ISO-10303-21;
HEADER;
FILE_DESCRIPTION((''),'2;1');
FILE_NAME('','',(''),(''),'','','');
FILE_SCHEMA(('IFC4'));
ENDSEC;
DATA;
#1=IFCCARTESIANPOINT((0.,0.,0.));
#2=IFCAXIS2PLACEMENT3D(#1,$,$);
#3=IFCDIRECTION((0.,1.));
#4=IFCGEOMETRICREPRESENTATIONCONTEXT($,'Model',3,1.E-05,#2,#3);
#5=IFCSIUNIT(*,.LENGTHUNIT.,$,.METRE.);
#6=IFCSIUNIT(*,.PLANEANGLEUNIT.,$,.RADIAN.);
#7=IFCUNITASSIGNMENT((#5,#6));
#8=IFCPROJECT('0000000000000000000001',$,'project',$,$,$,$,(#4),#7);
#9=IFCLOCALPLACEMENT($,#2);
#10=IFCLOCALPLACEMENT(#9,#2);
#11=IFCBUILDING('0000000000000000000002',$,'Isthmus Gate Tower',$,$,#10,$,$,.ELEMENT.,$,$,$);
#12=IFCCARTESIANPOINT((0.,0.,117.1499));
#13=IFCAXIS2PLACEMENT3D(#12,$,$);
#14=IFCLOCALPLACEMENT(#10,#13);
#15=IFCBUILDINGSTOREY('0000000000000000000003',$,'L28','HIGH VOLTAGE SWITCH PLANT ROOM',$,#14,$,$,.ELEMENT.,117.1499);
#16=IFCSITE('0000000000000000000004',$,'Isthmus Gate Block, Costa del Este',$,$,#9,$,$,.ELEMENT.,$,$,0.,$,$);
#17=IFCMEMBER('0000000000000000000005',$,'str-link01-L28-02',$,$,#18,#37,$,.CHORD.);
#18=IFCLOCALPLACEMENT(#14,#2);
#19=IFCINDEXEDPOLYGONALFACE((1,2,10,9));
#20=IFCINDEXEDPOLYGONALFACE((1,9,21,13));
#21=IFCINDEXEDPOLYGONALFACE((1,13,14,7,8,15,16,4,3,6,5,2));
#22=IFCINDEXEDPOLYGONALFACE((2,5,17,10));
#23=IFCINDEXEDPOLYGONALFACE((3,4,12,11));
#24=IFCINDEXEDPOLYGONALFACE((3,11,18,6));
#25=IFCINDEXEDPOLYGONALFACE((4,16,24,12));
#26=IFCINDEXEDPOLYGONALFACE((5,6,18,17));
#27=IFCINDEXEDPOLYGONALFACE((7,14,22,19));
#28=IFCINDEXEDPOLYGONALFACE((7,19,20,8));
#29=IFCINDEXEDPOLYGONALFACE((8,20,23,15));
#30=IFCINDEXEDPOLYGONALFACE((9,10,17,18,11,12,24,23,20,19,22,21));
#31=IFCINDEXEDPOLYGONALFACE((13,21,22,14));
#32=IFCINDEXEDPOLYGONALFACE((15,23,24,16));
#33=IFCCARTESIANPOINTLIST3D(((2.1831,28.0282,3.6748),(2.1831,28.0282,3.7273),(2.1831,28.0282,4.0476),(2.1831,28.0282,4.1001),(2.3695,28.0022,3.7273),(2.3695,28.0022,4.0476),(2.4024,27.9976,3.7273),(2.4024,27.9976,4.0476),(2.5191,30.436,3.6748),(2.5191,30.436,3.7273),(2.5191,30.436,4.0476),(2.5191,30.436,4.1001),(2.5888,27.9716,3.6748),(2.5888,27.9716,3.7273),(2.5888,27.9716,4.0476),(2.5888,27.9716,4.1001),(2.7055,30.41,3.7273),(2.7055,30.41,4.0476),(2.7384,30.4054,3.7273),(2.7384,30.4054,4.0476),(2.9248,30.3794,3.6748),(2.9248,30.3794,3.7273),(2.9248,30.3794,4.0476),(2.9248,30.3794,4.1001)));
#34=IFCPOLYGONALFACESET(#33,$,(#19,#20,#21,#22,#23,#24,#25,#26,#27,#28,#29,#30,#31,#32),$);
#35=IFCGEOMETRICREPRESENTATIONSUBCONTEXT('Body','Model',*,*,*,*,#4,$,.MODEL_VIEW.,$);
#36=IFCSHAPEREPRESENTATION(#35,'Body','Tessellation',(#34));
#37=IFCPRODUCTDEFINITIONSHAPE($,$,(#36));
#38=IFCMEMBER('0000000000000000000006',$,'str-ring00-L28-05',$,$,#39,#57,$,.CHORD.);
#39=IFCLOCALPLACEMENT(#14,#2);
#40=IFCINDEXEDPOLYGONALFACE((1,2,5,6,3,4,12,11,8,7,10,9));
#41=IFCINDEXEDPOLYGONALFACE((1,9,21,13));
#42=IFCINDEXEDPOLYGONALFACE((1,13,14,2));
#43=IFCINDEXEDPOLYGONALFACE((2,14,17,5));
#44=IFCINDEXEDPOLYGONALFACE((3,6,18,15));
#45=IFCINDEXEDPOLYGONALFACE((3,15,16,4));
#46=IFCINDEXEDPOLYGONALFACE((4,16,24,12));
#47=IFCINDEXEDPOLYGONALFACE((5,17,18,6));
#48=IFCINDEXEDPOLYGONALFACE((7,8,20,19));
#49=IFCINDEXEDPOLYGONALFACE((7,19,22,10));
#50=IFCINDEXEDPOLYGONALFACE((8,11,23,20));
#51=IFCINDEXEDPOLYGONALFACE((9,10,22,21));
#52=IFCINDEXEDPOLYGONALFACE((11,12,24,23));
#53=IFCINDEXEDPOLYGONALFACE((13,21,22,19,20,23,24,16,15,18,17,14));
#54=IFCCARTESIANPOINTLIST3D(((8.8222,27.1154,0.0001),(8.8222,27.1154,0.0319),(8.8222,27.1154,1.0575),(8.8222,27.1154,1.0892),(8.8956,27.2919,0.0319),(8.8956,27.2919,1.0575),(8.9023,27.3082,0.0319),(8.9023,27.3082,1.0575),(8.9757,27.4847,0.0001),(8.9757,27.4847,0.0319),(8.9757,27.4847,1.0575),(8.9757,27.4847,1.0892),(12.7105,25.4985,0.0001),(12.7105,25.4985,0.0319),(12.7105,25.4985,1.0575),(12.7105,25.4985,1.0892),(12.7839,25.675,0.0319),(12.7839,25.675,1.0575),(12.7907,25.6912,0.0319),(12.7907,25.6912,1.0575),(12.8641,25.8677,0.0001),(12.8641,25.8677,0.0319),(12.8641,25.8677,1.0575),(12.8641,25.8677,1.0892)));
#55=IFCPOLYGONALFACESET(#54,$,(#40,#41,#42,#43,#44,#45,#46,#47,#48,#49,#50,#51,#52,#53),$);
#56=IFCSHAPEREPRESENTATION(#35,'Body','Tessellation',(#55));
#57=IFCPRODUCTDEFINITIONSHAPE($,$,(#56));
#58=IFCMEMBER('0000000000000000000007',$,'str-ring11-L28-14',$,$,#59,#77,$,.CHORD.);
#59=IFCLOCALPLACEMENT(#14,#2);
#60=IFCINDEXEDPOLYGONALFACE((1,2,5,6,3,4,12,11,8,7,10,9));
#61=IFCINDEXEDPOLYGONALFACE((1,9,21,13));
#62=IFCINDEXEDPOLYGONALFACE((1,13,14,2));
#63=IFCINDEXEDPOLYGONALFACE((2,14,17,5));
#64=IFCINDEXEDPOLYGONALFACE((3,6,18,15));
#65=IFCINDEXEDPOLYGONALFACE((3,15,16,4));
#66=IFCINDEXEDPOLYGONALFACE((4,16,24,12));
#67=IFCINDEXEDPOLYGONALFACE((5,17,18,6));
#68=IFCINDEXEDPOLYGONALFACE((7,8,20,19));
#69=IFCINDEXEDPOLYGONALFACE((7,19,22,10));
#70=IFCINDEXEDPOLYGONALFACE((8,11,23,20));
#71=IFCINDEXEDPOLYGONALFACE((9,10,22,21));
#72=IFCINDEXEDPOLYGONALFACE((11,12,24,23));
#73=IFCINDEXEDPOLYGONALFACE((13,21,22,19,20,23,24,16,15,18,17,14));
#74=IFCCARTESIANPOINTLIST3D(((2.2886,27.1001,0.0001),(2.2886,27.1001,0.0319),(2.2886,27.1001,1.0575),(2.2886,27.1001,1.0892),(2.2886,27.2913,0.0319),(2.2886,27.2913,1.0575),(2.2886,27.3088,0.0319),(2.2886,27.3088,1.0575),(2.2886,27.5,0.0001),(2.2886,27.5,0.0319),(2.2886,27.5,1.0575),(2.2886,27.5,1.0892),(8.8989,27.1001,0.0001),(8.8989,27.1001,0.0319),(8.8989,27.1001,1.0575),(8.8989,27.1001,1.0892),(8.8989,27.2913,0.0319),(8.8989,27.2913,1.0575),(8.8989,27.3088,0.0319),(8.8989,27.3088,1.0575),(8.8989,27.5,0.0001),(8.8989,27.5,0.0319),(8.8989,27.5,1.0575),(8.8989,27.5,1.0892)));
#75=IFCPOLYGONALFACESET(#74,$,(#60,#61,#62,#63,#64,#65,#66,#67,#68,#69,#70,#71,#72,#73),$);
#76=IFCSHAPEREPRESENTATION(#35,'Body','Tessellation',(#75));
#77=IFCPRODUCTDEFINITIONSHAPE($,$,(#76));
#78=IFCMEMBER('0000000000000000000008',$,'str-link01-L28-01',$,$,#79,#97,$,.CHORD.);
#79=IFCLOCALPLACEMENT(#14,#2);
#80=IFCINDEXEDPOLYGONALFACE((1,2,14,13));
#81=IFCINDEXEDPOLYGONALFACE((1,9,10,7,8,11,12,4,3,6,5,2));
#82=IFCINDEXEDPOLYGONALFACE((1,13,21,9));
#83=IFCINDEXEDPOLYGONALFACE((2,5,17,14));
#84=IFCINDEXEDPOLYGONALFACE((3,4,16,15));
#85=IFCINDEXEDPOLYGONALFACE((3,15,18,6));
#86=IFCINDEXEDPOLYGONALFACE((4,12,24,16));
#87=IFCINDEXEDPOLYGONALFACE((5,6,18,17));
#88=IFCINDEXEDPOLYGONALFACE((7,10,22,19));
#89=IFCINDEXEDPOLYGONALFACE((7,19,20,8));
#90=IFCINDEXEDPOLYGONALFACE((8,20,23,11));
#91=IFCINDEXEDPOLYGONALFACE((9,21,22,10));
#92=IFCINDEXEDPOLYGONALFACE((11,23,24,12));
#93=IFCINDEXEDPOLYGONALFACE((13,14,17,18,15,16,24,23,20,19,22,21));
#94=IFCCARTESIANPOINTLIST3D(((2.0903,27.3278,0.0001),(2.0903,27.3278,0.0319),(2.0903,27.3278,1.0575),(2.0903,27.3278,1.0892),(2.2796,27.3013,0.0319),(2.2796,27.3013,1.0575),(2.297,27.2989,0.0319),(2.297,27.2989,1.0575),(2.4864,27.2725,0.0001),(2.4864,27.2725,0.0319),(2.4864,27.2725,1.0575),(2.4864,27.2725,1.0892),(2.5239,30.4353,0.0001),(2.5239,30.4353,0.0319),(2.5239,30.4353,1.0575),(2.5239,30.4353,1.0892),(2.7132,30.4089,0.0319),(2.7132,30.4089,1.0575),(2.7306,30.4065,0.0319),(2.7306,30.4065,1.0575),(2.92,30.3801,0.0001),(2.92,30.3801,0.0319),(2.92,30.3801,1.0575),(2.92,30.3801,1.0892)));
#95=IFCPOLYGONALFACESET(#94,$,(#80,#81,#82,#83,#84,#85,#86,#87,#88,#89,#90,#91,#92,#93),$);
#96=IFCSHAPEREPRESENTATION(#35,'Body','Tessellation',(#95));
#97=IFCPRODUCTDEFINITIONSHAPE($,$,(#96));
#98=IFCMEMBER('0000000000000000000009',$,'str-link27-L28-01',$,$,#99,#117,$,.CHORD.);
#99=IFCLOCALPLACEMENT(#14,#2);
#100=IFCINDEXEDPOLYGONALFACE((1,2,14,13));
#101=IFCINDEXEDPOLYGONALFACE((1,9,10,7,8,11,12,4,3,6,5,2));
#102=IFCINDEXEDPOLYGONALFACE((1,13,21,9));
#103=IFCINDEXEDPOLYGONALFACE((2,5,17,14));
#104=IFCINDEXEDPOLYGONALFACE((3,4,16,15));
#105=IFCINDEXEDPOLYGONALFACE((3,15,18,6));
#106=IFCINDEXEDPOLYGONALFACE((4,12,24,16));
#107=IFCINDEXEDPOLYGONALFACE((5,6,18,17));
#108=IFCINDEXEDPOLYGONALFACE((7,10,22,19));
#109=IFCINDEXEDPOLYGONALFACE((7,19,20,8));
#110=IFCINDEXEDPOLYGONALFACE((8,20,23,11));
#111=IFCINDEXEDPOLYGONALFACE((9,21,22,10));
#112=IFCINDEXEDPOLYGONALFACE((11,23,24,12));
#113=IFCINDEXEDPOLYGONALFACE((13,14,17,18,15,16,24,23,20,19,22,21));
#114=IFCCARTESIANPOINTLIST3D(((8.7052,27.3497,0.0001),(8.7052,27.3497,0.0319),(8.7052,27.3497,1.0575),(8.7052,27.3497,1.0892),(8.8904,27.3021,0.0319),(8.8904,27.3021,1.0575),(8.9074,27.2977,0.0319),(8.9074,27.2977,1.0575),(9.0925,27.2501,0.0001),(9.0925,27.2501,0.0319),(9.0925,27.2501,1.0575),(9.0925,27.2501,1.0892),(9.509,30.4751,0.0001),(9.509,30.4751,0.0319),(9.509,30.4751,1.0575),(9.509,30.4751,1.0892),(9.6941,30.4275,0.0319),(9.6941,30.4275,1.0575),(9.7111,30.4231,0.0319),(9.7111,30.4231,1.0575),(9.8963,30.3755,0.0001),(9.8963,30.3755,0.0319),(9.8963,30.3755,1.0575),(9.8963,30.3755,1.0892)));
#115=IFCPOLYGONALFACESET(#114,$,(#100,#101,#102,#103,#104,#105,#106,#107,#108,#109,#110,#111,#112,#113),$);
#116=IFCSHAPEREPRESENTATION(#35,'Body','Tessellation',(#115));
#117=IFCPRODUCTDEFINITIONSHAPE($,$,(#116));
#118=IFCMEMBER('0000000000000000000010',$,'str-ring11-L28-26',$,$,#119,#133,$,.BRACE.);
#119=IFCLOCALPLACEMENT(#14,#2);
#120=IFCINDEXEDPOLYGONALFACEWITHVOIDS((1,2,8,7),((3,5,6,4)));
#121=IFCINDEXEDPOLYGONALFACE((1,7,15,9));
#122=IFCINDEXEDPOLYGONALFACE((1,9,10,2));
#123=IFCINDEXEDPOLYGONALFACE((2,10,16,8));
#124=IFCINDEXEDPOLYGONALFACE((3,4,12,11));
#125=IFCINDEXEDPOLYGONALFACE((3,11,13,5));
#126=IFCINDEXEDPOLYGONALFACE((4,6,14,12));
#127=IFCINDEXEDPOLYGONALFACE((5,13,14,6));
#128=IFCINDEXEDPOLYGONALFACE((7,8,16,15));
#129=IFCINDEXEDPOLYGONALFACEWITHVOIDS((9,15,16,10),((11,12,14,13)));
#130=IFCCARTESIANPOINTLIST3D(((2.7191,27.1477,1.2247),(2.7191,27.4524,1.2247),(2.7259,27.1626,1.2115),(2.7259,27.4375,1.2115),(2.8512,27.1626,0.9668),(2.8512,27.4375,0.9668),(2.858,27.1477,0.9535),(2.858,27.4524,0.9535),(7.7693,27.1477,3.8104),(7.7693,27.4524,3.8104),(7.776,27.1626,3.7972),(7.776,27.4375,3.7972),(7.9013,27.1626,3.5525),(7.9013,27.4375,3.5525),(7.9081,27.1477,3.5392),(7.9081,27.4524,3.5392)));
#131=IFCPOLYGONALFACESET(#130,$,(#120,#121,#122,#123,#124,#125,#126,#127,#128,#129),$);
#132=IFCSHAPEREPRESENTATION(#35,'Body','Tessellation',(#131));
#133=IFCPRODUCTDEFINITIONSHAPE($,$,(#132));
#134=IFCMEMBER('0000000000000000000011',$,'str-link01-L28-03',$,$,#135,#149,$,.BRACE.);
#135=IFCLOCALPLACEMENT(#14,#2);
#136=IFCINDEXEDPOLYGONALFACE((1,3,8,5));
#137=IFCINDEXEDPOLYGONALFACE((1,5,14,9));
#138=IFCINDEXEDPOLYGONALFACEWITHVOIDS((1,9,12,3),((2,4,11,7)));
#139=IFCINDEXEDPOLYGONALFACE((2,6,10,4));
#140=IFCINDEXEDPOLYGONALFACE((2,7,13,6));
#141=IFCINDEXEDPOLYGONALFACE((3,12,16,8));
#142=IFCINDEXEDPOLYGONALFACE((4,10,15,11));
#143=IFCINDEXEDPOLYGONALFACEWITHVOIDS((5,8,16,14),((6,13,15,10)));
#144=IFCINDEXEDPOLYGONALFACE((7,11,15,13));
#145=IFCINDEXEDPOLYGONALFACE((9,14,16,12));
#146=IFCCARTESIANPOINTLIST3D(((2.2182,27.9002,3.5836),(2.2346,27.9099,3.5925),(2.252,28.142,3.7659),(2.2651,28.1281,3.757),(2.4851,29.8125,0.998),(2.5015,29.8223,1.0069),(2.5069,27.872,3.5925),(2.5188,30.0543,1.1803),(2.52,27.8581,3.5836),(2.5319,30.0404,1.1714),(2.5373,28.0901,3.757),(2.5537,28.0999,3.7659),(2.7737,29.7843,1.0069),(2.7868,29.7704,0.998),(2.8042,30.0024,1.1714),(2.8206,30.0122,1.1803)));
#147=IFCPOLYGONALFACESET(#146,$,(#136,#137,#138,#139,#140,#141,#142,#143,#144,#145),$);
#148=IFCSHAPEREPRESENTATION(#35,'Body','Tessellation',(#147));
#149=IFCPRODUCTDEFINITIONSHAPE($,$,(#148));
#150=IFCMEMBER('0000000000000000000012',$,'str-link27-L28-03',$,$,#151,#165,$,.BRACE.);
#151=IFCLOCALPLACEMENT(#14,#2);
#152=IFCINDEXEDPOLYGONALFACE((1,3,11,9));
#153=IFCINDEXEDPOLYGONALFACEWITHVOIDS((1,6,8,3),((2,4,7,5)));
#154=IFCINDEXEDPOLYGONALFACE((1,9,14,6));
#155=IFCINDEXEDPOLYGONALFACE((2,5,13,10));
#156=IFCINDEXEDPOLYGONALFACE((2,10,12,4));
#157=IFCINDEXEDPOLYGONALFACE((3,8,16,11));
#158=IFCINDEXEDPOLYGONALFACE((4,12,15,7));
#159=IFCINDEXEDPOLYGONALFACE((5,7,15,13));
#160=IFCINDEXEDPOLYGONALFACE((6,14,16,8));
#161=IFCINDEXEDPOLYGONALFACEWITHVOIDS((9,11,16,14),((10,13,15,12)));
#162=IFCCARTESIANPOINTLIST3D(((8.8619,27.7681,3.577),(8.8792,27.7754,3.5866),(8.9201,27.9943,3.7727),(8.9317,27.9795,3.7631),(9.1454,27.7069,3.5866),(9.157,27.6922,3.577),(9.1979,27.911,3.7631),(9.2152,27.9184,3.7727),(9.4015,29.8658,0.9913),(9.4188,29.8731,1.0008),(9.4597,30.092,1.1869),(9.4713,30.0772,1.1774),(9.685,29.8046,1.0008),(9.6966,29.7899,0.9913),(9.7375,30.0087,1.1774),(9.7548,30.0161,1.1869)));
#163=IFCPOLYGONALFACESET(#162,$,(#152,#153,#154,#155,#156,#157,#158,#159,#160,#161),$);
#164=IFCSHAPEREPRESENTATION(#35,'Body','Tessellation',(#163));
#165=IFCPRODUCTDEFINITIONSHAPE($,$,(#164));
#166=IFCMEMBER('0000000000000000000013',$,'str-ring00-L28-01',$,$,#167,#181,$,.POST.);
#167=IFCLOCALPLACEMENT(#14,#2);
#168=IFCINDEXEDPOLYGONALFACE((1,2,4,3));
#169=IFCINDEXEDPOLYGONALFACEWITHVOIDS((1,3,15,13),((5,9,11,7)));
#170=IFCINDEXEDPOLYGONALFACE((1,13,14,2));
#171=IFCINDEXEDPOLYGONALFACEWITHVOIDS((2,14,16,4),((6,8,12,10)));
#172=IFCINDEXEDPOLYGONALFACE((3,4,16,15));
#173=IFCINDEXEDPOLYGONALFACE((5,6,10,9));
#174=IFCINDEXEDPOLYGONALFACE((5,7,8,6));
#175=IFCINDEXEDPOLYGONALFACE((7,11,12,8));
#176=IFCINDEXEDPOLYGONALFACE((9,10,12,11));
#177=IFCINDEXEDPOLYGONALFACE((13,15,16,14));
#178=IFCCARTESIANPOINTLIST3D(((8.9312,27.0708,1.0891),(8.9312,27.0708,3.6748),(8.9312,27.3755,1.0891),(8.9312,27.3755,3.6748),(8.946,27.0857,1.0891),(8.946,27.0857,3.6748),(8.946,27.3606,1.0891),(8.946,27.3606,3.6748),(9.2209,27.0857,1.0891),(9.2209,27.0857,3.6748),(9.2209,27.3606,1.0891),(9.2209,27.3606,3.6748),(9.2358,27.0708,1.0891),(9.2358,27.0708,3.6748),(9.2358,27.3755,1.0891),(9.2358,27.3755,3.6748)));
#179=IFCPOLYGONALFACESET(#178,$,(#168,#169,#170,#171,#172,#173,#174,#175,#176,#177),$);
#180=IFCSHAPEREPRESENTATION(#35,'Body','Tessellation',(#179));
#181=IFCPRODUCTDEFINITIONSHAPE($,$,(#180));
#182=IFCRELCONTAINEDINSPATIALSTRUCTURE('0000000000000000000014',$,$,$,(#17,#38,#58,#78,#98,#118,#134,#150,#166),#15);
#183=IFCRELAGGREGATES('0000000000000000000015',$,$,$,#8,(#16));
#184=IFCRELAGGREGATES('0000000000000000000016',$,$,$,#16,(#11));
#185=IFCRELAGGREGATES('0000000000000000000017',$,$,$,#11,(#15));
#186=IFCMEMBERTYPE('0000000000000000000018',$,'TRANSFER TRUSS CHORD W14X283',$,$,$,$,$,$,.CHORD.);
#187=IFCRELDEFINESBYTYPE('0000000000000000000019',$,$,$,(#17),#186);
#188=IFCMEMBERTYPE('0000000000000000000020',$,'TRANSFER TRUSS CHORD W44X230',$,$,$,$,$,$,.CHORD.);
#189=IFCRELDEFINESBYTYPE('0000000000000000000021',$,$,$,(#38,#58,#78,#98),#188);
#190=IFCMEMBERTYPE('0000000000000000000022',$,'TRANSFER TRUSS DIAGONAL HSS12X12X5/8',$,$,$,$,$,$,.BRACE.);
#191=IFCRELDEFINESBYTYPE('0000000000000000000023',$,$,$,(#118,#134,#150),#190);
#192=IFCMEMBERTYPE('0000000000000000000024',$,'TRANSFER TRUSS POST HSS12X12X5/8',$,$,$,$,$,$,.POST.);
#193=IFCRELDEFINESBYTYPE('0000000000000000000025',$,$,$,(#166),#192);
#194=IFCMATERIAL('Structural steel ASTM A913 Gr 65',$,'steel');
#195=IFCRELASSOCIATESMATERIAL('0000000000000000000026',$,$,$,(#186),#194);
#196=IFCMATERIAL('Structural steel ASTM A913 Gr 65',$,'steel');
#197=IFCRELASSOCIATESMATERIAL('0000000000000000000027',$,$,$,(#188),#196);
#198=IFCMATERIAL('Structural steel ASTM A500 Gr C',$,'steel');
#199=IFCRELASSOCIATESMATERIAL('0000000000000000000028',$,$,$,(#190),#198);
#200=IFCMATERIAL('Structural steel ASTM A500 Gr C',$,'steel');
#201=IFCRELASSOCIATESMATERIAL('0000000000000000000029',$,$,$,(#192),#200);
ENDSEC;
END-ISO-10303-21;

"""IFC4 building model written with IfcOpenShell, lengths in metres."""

from ifc_helpers import new_model, si_unit, direction, frame, origin, origin_2d, place, context, subcontext, project, spatial, hollow_rectangle, i_section, extrude, material, material_profile, profile_set, type_object, element, save


model = new_model("IFC4")

# Units and contexts
model_context = context("Model", 3, precision=1e-05, world=origin(), true_north=direction((0.0, 1.0)))
body_context = subcontext(model_context, "Body", "Model", "MODEL_VIEW")
ifc_project = project(units=[si_unit("LENGTHUNIT", "METRE"), si_unit("PLANEANGLEUNIT", "RADIAN")], contexts=[model_context])

# Site, building, storey
site_placement = place(None, origin())
site = spatial("IfcSite", under=ifc_project, at=site_placement, Name="Isthmus Gate Block, Costa del Este", CompositionType="ELEMENT", RefElevation=0.0)
building_placement = place(site_placement, origin())
building = spatial("IfcBuilding", under=site, at=building_placement, Name="Isthmus Gate Tower", CompositionType="ELEMENT")
storey_placement = place(building_placement, frame((0.0, 0.0, 117.1499)))
storey = spatial("IfcBuildingStorey", under=building, at=storey_placement, Name="L28", Description="HIGH VOLTAGE SWITCH PLANT ROOM", CompositionType="ELEMENT", Elevation=117.1499)

# Members
ifc_material_1 = material(Name="Structural steel ASTM A913 Gr 65", Category="steel")
ifc_material_profile_1 = material_profile(ifc_material_1, i_section(OverallWidth=0.4097, OverallDepth=0.4253, WebThickness=0.0332, FlangeThickness=0.0525, at=origin_2d()), Name="W14X283")
ifc_profile_set_1 = profile_set([ifc_material_profile_1], Name="Structural steel ASTM A913 Gr 65")
member_type_1 = type_object("IfcMemberType", Name="TRANSFER TRUSS CHORD W14X283", PredefinedType="CHORD", material=ifc_profile_set_1)
member_1_placement = place(storey_placement, frame((2.7219, 30.4077, 3.8875), z_axis=(-0.138187, -0.990406, 0.0), x_axis=(0.990406, -0.138187, 0.0)))
element("IfcMember", 1, at=member_1_placement, inside=storey, type_object=member_type_1, Name="str-link01-L28-02", PredefinedType="CHORD", context=body_context, shape_type="SweptSolid", body=[
    extrude(i_section(OverallWidth=0.4097, OverallDepth=0.4253, WebThickness=0.0332, FlangeThickness=0.0525, at=origin_2d()), origin(), (0.0, 0.0, 1.0), 2.4312),
])
ifc_material_2 = material(Name="Structural steel ASTM A913 Gr 65", Category="steel")
ifc_material_profile_2 = material_profile(ifc_material_2, i_section(OverallWidth=0.3999, OverallDepth=1.0891, WebThickness=0.0176, FlangeThickness=0.0317, at=origin_2d()), Name="W44X230")
ifc_profile_set_2 = profile_set([ifc_material_profile_2], Name="Structural steel ASTM A913 Gr 65")
member_type_2 = type_object("IfcMemberType", Name="TRANSFER TRUSS CHORD W44X230", PredefinedType="CHORD", material=ifc_profile_set_2)
member_2_placement = place(storey_placement, frame((8.8989, 27.3, 0.5447), z_axis=(0.923349, -0.383961, 0.0), x_axis=(0.383961, 0.923349, 0.0)))
element("IfcMember", 2, at=member_2_placement, inside=storey, type_object=member_type_2, Name="str-ring00-L28-05", PredefinedType="CHORD", context=body_context, shape_type="SweptSolid", body=[
    extrude(i_section(OverallWidth=0.3999, OverallDepth=1.0891, WebThickness=0.0176, FlangeThickness=0.0317, at=origin_2d()), origin(), (0.0, 0.0, 1.0), 4.2112),
])
member_3_placement = place(storey_placement, frame((2.2886, 27.3, 0.5447), z_axis=(1.0, 0.0, 0.0), x_axis=(0.0, 1.0, 0.0)))
element("IfcMember", 3, at=member_3_placement, inside=storey, type_object=member_type_2, Name="str-ring11-L28-14", PredefinedType="CHORD", context=body_context, shape_type="SweptSolid", body=[
    extrude(i_section(OverallWidth=0.3999, OverallDepth=1.0891, WebThickness=0.0176, FlangeThickness=0.0317, at=origin_2d()), origin(), (0.0, 0.0, 1.0), 6.6104),
])
member_4_placement = place(storey_placement, frame((2.7219, 30.4077, 0.5447), z_axis=(-0.138185, -0.990406, 0.0), x_axis=(0.990406, -0.138185, 0.0)))
element("IfcMember", 4, at=member_4_placement, inside=storey, type_object=member_type_2, Name="str-link01-L28-01", PredefinedType="CHORD", context=body_context, shape_type="SweptSolid", body=[
    extrude(i_section(OverallWidth=0.3999, OverallDepth=1.0891, WebThickness=0.0176, FlangeThickness=0.0317, at=origin_2d()), origin(), (0.0, 0.0, 1.0), 3.1377),
])
member_5_placement = place(storey_placement, frame((9.7026, 30.4253, 0.5447), z_axis=(-0.249063, -0.968487, 0.0), x_axis=(0.968487, -0.249063, 0.0)))
element("IfcMember", 5, at=member_5_placement, inside=storey, type_object=member_type_2, Name="str-link27-L28-01", PredefinedType="CHORD", context=body_context, shape_type="SweptSolid", body=[
    extrude(i_section(OverallWidth=0.3999, OverallDepth=1.0891, WebThickness=0.0176, FlangeThickness=0.0317, at=origin_2d()), origin(), (0.0, 0.0, 1.0), 3.2271),
])
ifc_material_3 = material(Name="Structural steel ASTM A500 Gr C", Category="steel")
ifc_material_profile_3 = material_profile(ifc_material_3, hollow_rectangle(XDim=0.3047, YDim=0.3047, WallThickness=0.0149, at=origin_2d()), Name="HSS12X12X5/8")
ifc_profile_set_3 = profile_set([ifc_material_profile_3], Name="Structural steel ASTM A500 Gr C")
member_type_3 = type_object("IfcMemberType", Name="TRANSFER TRUSS DIAGONAL HSS12X12X5/8", PredefinedType="BRACE", material=ifc_profile_set_3)
member_6_placement = place(storey_placement, frame((2.7886, 27.3, 1.0891), z_axis=(0.890109, 0.0, 0.455748), x_axis=(0.0, 1.0, 0.0)))
element("IfcMember", 6, at=member_6_placement, inside=storey, type_object=member_type_3, Name="str-ring11-L28-26", PredefinedType="BRACE", context=body_context, shape_type="SweptSolid", body=[
    extrude(hollow_rectangle(XDim=0.3047, YDim=0.3047, WallThickness=0.0149, at=origin_2d()), origin(), (0.0, 0.0, 1.0), 5.6736),
])
member_7_placement = place(storey_placement, frame((2.6528, 29.9124, 1.0891), z_axis=(-0.082689, -0.592594, 0.801246), x_axis=(0.990404, -0.138199, 0.0)))
element("IfcMember", 7, at=member_7_placement, inside=storey, type_object=member_type_3, Name="str-link01-L28-03", PredefinedType="BRACE", context=body_context, shape_type="SweptSolid", body=[
    extrude(hollow_rectangle(XDim=0.3047, YDim=0.3047, WallThickness=0.0149, at=origin_2d()), origin(), (0.0, 0.0, 1.0), 3.2271),
])
member_8_placement = place(storey_placement, frame((9.5781, 29.9409, 1.0891), z_axis=(-0.159962, -0.621897, 0.766587), x_axis=(0.968476, -0.249107, 0.0)))
element("IfcMember", 8, at=member_8_placement, inside=storey, type_object=member_type_3, Name="str-link27-L28-03", PredefinedType="BRACE", context=body_context, shape_type="SweptSolid", body=[
    extrude(hollow_rectangle(XDim=0.3047, YDim=0.3047, WallThickness=0.0149, at=origin_2d()), origin(), (0.0, 0.0, 1.0), 3.373),
])
ifc_material_4 = material(Name="Structural steel ASTM A500 Gr C", Category="steel")
ifc_material_profile_4 = material_profile(ifc_material_4, hollow_rectangle(XDim=0.3047, YDim=0.3047, WallThickness=0.0149, at=origin_2d()), Name="HSS12X12X5/8")
ifc_profile_set_4 = profile_set([ifc_material_profile_4], Name="Structural steel ASTM A500 Gr C")
member_type_4 = type_object("IfcMemberType", Name="TRANSFER TRUSS POST HSS12X12X5/8", PredefinedType="POST", material=ifc_profile_set_4)
member_9_placement = place(storey_placement, frame((9.0835, 27.2231, 1.0891), z_axis=(0.0, 0.0, 1.0), x_axis=(1.0, 0.0, 0.0)))
element("IfcMember", 9, at=member_9_placement, inside=storey, type_object=member_type_4, Name="str-ring00-L28-01", PredefinedType="POST", context=body_context, shape_type="SweptSolid", body=[
    extrude(hollow_rectangle(XDim=0.3047, YDim=0.3047, WallThickness=0.0149, at=origin_2d()), origin(), (0.0, 0.0, 1.0), 2.5857),
])

save(model, "model.ifc")
